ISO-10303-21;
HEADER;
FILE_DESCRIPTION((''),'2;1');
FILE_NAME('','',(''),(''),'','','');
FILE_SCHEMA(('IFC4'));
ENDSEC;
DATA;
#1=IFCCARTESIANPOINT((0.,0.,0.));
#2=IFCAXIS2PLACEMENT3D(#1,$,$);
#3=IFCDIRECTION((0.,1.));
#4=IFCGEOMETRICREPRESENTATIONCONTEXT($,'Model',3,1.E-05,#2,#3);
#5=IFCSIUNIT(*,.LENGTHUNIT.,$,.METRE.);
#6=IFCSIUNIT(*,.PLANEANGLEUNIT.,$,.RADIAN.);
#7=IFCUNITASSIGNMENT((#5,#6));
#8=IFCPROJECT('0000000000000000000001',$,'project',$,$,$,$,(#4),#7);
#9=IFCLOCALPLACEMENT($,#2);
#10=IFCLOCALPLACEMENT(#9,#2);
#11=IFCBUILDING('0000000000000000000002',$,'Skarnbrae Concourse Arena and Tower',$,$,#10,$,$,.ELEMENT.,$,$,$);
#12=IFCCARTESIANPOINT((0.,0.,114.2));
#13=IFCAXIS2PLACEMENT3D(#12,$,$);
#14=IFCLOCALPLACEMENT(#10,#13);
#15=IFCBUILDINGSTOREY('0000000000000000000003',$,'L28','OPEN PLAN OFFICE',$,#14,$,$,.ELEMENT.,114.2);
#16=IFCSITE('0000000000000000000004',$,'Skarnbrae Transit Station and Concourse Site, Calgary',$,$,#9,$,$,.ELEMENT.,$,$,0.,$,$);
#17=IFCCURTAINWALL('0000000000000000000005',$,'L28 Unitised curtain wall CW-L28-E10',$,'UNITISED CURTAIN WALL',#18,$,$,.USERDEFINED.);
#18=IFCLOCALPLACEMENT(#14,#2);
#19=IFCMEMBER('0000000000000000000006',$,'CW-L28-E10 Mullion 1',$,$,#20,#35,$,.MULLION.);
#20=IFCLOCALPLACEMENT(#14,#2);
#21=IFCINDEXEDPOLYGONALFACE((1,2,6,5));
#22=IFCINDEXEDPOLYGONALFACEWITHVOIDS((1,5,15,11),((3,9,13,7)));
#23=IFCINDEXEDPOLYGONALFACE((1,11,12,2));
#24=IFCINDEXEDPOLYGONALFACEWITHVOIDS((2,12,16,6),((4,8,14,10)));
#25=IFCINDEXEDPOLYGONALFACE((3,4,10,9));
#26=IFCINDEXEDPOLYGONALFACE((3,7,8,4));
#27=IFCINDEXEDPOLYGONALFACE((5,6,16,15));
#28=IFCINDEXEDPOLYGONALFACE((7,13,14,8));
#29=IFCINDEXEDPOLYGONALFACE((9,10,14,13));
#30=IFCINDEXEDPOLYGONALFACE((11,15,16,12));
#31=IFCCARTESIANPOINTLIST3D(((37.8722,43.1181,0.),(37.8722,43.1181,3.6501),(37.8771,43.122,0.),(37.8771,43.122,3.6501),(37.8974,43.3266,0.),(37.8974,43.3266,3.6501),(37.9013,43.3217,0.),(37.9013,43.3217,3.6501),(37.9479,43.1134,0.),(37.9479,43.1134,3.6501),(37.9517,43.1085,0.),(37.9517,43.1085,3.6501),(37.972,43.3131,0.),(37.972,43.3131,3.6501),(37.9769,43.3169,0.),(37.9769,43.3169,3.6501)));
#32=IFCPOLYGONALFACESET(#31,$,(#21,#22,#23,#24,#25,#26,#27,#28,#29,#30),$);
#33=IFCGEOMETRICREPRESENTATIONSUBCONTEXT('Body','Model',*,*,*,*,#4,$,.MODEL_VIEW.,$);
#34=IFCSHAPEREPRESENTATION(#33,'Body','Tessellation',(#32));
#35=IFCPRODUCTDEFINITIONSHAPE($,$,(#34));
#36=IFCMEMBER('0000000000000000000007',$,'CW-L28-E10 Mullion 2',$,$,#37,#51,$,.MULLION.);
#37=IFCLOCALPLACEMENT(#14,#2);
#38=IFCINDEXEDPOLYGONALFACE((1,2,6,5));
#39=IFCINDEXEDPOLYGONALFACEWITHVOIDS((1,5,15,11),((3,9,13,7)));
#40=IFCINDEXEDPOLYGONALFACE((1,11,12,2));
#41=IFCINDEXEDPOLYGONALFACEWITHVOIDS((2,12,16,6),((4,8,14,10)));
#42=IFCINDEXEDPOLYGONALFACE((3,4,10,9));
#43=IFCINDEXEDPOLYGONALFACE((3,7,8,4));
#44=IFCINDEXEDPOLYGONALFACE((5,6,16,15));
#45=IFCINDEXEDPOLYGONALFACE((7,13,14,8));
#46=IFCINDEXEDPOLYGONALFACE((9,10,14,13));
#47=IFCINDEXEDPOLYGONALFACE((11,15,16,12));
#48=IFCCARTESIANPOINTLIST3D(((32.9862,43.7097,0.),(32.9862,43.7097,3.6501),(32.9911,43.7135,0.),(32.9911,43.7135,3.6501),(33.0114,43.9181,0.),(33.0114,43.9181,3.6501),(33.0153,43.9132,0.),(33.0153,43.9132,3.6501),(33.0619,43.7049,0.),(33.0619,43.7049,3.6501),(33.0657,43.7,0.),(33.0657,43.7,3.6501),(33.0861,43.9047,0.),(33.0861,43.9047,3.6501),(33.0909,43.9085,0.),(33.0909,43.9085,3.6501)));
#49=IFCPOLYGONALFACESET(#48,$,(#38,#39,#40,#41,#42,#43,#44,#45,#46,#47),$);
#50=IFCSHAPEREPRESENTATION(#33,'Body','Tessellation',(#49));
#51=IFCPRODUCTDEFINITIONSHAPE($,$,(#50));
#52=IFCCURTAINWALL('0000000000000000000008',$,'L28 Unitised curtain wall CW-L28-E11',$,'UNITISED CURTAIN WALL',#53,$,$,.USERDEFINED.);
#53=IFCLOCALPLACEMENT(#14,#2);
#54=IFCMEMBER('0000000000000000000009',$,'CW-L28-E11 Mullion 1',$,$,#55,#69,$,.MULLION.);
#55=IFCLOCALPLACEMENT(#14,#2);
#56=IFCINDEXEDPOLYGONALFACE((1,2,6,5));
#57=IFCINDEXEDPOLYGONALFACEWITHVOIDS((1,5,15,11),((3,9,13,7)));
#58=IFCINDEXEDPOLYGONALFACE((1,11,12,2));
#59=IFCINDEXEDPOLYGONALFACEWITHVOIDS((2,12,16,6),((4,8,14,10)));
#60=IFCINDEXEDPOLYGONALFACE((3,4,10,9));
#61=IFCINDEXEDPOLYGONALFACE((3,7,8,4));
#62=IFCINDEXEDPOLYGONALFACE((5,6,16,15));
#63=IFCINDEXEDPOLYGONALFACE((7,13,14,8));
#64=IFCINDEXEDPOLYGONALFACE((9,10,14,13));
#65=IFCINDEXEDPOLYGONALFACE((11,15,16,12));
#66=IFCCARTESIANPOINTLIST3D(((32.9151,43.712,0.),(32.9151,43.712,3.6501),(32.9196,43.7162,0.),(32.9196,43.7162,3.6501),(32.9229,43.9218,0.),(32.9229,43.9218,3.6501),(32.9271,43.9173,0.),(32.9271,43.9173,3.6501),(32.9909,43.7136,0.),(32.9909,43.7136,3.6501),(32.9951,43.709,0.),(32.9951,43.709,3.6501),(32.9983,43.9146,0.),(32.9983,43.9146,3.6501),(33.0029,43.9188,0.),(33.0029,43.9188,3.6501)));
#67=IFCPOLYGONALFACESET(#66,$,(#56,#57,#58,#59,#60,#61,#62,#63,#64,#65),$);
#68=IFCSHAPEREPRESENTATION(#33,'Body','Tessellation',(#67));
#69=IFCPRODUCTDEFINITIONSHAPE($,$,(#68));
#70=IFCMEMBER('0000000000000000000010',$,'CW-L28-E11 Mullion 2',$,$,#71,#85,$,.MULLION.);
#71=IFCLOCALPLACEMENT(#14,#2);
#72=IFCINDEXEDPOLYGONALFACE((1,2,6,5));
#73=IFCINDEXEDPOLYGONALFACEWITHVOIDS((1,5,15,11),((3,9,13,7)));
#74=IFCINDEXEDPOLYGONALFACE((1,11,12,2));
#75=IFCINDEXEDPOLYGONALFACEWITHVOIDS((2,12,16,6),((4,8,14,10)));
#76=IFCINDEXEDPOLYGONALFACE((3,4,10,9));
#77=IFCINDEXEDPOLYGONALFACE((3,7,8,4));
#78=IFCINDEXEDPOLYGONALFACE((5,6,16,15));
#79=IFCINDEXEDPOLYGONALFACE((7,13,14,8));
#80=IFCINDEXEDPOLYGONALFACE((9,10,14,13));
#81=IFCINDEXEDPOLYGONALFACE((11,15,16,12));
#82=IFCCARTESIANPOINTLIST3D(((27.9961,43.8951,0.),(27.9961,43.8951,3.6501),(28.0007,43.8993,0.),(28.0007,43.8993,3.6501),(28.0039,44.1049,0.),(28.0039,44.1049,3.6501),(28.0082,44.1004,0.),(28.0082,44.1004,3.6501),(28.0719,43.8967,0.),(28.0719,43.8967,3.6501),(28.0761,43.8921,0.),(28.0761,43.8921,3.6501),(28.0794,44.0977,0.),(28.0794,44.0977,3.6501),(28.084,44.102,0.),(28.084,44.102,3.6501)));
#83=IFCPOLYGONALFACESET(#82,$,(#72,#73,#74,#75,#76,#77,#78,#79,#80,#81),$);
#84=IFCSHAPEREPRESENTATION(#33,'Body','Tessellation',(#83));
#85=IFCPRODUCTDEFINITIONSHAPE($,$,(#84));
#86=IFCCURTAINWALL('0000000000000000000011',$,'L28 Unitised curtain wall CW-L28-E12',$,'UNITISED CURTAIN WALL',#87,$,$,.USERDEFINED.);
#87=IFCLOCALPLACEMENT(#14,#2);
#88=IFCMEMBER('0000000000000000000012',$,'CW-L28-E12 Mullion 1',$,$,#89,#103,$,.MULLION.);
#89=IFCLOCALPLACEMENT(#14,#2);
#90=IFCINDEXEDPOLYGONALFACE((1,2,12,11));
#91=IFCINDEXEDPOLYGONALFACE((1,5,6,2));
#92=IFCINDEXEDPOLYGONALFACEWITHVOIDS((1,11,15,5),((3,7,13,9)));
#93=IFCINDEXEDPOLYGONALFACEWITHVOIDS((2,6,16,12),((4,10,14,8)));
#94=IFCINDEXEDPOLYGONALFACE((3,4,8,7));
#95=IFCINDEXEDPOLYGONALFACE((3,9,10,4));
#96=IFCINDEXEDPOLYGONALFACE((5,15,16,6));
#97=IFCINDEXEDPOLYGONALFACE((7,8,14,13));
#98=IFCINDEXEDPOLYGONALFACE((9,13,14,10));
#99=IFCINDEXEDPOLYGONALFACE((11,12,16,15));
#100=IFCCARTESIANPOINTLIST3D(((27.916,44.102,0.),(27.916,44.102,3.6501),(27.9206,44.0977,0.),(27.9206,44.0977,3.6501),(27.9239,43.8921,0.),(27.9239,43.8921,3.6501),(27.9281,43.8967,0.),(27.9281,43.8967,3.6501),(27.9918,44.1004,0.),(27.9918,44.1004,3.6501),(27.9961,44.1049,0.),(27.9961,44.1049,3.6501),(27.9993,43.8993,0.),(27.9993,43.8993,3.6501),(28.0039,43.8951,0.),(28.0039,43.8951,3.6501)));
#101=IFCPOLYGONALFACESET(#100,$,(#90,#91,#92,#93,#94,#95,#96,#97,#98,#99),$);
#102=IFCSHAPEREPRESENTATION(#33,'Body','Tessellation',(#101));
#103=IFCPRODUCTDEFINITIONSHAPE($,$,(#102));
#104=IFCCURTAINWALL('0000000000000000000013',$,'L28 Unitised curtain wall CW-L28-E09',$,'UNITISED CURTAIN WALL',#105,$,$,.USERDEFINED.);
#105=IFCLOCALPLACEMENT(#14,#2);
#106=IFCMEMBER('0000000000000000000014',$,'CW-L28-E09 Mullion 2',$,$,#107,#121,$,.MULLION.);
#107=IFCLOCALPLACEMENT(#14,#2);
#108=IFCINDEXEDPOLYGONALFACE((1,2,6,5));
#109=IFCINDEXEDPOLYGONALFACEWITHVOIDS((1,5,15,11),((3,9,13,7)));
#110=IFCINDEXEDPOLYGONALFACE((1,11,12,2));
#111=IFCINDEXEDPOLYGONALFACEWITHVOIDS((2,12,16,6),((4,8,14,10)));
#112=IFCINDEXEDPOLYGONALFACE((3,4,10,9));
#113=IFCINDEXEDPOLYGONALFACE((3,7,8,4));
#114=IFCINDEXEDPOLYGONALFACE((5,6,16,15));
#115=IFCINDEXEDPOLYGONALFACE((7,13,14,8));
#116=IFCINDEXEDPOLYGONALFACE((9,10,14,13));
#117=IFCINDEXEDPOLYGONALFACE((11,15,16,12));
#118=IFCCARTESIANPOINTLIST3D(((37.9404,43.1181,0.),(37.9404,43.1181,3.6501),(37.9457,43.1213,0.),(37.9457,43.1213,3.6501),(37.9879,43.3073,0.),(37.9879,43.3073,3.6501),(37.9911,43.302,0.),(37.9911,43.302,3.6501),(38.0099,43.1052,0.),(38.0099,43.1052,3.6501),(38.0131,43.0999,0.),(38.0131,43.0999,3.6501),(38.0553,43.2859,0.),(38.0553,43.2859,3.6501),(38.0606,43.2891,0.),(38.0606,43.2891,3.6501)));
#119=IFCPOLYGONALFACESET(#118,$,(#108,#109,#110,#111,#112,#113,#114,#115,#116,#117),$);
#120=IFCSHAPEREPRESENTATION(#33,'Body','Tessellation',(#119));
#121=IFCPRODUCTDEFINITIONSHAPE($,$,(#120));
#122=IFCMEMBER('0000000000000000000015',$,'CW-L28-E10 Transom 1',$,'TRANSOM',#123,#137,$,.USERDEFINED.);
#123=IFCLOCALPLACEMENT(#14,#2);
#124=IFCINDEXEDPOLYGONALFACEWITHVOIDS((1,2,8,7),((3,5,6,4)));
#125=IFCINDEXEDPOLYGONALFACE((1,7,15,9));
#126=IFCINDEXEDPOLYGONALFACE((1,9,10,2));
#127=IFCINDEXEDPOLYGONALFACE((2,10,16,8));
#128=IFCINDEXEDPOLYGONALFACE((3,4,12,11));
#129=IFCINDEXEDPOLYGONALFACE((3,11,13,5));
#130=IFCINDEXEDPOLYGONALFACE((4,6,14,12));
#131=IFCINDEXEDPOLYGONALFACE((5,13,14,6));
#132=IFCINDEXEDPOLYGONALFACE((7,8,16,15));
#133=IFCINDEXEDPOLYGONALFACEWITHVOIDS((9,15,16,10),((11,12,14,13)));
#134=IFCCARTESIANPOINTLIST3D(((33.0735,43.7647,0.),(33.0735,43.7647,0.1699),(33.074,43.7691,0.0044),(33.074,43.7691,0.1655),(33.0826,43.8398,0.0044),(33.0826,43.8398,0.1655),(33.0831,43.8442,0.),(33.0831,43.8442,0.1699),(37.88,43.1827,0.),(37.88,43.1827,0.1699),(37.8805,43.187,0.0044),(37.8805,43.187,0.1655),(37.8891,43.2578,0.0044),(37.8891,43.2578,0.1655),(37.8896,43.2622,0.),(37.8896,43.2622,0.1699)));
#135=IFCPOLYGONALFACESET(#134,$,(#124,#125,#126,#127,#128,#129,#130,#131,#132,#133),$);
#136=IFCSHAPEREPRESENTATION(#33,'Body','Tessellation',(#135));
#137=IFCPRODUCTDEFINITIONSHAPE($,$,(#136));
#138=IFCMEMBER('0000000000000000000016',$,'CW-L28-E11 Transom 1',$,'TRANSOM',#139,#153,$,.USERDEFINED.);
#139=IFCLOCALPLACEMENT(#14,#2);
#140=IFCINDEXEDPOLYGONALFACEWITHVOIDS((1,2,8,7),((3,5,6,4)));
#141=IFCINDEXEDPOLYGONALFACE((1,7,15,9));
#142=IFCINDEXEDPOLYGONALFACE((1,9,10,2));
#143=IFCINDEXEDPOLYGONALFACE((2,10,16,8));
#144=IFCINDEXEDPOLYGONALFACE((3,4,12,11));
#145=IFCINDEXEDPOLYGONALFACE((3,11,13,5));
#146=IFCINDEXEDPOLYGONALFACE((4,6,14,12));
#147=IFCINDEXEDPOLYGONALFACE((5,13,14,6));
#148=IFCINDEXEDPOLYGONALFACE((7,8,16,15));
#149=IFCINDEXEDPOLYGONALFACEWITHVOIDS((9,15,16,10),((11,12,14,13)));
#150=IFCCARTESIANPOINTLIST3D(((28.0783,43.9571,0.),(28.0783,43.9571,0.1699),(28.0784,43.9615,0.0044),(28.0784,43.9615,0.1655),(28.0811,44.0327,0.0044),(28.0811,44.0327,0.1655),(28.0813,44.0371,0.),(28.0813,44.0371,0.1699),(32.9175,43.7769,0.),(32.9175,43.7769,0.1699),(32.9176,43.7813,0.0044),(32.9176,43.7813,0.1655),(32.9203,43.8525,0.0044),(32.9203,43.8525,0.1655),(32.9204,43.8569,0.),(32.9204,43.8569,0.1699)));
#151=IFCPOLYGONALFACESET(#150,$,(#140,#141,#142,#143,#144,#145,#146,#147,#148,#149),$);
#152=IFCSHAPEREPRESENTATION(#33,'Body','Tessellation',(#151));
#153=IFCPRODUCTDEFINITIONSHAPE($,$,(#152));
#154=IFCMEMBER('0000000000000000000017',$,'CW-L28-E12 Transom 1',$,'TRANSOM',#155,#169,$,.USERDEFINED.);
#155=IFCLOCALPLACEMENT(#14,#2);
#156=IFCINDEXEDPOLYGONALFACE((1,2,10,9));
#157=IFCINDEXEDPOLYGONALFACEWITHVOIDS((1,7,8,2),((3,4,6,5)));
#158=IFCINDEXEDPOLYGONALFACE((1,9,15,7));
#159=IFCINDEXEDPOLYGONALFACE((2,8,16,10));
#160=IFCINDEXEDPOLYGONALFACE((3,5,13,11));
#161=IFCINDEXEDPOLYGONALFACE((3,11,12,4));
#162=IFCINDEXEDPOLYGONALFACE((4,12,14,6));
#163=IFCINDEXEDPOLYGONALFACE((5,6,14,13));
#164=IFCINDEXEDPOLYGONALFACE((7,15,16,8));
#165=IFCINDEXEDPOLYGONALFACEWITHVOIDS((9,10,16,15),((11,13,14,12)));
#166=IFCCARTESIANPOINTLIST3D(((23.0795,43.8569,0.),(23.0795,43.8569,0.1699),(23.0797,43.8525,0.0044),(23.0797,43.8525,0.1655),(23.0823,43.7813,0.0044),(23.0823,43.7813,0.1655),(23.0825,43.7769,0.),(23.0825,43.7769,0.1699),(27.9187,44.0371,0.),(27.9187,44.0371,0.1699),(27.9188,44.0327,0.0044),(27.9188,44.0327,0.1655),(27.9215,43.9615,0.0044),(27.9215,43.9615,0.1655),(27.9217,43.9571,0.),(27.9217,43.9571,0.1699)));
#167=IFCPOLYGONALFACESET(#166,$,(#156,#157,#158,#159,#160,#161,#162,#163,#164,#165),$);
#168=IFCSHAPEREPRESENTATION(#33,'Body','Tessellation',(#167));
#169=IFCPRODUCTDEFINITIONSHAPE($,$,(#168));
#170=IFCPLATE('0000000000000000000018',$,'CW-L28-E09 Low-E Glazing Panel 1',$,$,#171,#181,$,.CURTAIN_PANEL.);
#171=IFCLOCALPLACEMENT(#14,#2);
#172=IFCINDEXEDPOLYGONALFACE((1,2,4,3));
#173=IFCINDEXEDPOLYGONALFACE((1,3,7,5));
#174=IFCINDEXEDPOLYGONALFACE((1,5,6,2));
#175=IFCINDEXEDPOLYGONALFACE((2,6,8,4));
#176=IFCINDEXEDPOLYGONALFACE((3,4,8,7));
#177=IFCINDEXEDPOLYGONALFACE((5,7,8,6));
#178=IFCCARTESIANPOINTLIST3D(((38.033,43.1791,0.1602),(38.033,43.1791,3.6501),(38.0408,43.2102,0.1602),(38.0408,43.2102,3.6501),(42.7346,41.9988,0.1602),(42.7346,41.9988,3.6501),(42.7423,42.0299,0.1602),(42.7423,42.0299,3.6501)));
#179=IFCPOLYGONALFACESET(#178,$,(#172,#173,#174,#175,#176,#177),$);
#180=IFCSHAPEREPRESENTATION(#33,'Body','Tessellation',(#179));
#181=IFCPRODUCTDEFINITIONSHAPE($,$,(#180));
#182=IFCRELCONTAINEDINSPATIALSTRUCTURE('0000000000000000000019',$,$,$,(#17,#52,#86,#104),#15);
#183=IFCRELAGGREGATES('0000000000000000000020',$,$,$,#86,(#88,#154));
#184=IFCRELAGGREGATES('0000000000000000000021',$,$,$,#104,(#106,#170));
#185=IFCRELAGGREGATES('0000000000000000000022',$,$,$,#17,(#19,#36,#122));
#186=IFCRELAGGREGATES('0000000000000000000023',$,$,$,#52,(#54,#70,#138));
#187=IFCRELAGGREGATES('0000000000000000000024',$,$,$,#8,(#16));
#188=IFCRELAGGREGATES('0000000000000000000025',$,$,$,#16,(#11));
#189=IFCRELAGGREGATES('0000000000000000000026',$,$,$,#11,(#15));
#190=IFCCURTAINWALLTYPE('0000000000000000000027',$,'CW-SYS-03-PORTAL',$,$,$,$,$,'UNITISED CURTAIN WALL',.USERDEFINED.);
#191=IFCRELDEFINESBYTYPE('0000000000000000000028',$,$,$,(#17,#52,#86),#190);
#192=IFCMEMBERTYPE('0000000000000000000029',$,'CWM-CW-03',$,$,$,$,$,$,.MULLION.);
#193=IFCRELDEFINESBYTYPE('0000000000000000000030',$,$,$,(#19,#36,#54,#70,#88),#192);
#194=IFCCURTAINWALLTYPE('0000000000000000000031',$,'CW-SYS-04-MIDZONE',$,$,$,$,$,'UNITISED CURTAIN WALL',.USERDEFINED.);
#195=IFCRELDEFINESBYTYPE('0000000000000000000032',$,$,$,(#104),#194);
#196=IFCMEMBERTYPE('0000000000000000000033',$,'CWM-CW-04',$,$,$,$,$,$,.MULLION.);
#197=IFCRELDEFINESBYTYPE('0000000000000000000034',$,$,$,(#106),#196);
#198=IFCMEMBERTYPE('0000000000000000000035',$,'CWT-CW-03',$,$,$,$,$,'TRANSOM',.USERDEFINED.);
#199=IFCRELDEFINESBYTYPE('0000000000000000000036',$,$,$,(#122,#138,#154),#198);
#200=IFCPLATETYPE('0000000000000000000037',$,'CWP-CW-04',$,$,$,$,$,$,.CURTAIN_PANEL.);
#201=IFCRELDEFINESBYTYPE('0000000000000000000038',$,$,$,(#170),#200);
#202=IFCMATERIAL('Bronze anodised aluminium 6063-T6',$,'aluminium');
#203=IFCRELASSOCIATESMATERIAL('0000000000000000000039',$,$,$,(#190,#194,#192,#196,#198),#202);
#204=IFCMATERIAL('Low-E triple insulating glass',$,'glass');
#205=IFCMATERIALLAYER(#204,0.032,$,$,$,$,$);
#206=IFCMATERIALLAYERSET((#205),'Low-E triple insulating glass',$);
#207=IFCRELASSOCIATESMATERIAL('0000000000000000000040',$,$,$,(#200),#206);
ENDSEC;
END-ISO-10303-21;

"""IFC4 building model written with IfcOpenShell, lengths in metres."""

from ifc_helpers import new_model, si_unit, direction, frame, origin, origin_2d, place, context, subcontext, project, spatial, rectangle, hollow_rectangle, extrude, source, transform, mapped, material, layer, layer_set, material_profile, profile_set, type_object, element, aggregate, save


model = new_model("IFC4")

# Units and contexts
model_context = context("Model", 3, precision=1e-05, world=origin(), true_north=direction((0.0, 1.0)))
body_context = subcontext(model_context, "Body", "Model", "MODEL_VIEW")
ifc_project = project(units=[si_unit("LENGTHUNIT", "METRE"), si_unit("PLANEANGLEUNIT", "RADIAN")], contexts=[model_context])

# Site, building, storey
site_placement = place(None, origin())
site = spatial("IfcSite", under=ifc_project, at=site_placement, Name="Skarnbrae Transit Station and Concourse Site, Calgary", CompositionType="ELEMENT", RefElevation=0.0)
building_placement = place(site_placement, origin())
building = spatial("IfcBuilding", under=site, at=building_placement, Name="Skarnbrae Concourse Arena and Tower", CompositionType="ELEMENT")
storey_placement = place(building_placement, frame((0.0, 0.0, 114.2)))
storey = spatial("IfcBuildingStorey", under=building, at=storey_placement, Name="L28", Description="OPEN PLAN OFFICE", CompositionType="ELEMENT", Elevation=114.2)

# Curtain walls, members
ifc_material_1 = material(Name="Bronze anodised aluminium 6063-T6", Category="aluminium")
curtain_wall_type_1 = type_object("IfcCurtainWallType", Name="CW-SYS-03-PORTAL", ElementType="UNITISED CURTAIN WALL", PredefinedType="USERDEFINED", material=ifc_material_1)
curtain_wall_1_placement = place(storey_placement, origin())
curtain_wall_1 = element("IfcCurtainWall", 1, at=curtain_wall_1_placement, inside=storey, type_object=curtain_wall_type_1, Name="L28 Unitised curtain wall CW-L28-E10", ObjectType="UNITISED CURTAIN WALL", PredefinedType="USERDEFINED")
ifc_material_profile_1 = material_profile(ifc_material_1, hollow_rectangle(XDim=0.0801, YDim=0.21, WallThickness=0.0044, at=origin_2d()), Name="ALU-MULL-80X210")
ifc_profile_set_1 = profile_set([ifc_material_profile_1], Name="Bronze anodised aluminium 6063-T6")
member_type_1 = type_object("IfcMemberType", Name="CWM-CW-03", PredefinedType="MULLION", material=ifc_profile_set_1)
shared_shape_1 = source(origin(), body_context, "Body", "SweptSolid", [
    extrude(hollow_rectangle(XDim=0.0801, YDim=0.21, WallThickness=0.0044, at=origin_2d()), origin(), (0.0, 0.0, 1.0), 3.6501),
])
member_1_placement = place(storey_placement, frame((37.9246, 43.2175, 0.0), z_axis=(0.0, 0.0, 1.0), x_axis=(-0.992749, 0.120203, 0.0)))
member_1 = element("IfcMember", 2, at=member_1_placement, type_object=member_type_1, Name="CW-L28-E10 Mullion 1", PredefinedType="MULLION", context=body_context, shape_type="MappedRepresentation", body=[
    mapped(shared_shape_1, transform((0.0, 0.0, 0.0))),
])
member_2_placement = place(storey_placement, frame((33.0386, 43.8091, 0.0), z_axis=(0.0, 0.0, 1.0), x_axis=(-0.992749, 0.120203, 0.0)))
member_2 = element("IfcMember", 3, at=member_2_placement, type_object=member_type_1, Name="CW-L28-E10 Mullion 2", PredefinedType="MULLION", context=body_context, shape_type="MappedRepresentation", body=[
    mapped(shared_shape_1, transform((0.0, 0.0, 0.0))),
])
curtain_wall_2_placement = place(storey_placement, origin())
curtain_wall_2 = element("IfcCurtainWall", 4, at=curtain_wall_2_placement, inside=storey, type_object=curtain_wall_type_1, Name="L28 Unitised curtain wall CW-L28-E11", ObjectType="UNITISED CURTAIN WALL", PredefinedType="USERDEFINED")
member_3_placement = place(storey_placement, frame((32.959, 43.8154, 0.0), z_axis=(0.0, 0.0, 1.0), x_axis=(-0.999308, 0.037183, 0.0)))
member_3 = element("IfcMember", 5, at=member_3_placement, type_object=member_type_1, Name="CW-L28-E11 Mullion 1", PredefinedType="MULLION", context=body_context, shape_type="MappedRepresentation", body=[
    mapped(shared_shape_1, transform((0.0, 0.0, 0.0))),
])
member_4_placement = place(storey_placement, frame((28.04, 43.9985, 0.0), z_axis=(0.0, 0.0, 1.0), x_axis=(-0.999308, 0.037183, 0.0)))
member_4 = element("IfcMember", 6, at=member_4_placement, type_object=member_type_1, Name="CW-L28-E11 Mullion 2", PredefinedType="MULLION", context=body_context, shape_type="MappedRepresentation", body=[
    mapped(shared_shape_1, transform((0.0, 0.0, 0.0))),
])

# Curtain walls, members
curtain_wall_3_placement = place(storey_placement, origin())
curtain_wall_3 = element("IfcCurtainWall", 7, at=curtain_wall_3_placement, inside=storey, type_object=curtain_wall_type_1, Name="L28 Unitised curtain wall CW-L28-E12", ObjectType="UNITISED CURTAIN WALL", PredefinedType="USERDEFINED")
member_5_placement = place(storey_placement, frame((27.96, 43.9985, 0.0), z_axis=(0.0, 0.0, 1.0), x_axis=(-0.999308, -0.037183, 0.0)))
member_5 = element("IfcMember", 8, at=member_5_placement, type_object=member_type_1, Name="CW-L28-E12 Mullion 1", PredefinedType="MULLION", context=body_context, shape_type="MappedRepresentation", body=[
    mapped(shared_shape_1, transform((0.0, 0.0, 0.0))),
])
curtain_wall_type_2 = type_object("IfcCurtainWallType", Name="CW-SYS-04-MIDZONE", ElementType="UNITISED CURTAIN WALL", PredefinedType="USERDEFINED", material=ifc_material_1)
curtain_wall_4_placement = place(storey_placement, origin())
curtain_wall_4 = element("IfcCurtainWall", 9, at=curtain_wall_4_placement, inside=storey, type_object=curtain_wall_type_2, Name="L28 Unitised curtain wall CW-L28-E09", ObjectType="UNITISED CURTAIN WALL", PredefinedType="USERDEFINED")
ifc_material_profile_2 = material_profile(ifc_material_1, hollow_rectangle(XDim=0.075, YDim=0.1951, WallThickness=0.0044, at=origin_2d()), Name="ALU-MULL-75X195")
ifc_profile_set_2 = profile_set([ifc_material_profile_2], Name="Bronze anodised aluminium 6063-T6")
member_type_2 = type_object("IfcMemberType", Name="CWM-CW-04", PredefinedType="MULLION", material=ifc_profile_set_2)
shared_shape_2 = source(origin(), body_context, "Body", "SweptSolid", [
    extrude(hollow_rectangle(XDim=0.075, YDim=0.1951, WallThickness=0.0044, at=origin_2d()), origin(), (0.0, 0.0, 1.0), 3.6501),
])
member_6_placement = place(storey_placement, frame((38.0005, 43.2036, 0.0), z_axis=(0.0, 0.0, 1.0), x_axis=(-0.969903, 0.243491, 0.0)))
member_6 = element("IfcMember", 10, at=member_6_placement, type_object=member_type_2, Name="CW-L28-E09 Mullion 2", PredefinedType="MULLION", context=body_context, shape_type="MappedRepresentation", body=[
    mapped(shared_shape_2, transform((0.0, 0.0, 0.0))),
])

# Members
ifc_material_profile_3 = material_profile(ifc_material_1, hollow_rectangle(XDim=0.0801, YDim=0.1699, WallThickness=0.0044, at=origin_2d()), Name="ALU-TRAN-80X170")
ifc_profile_set_3 = profile_set([ifc_material_profile_3], Name="Bronze anodised aluminium 6063-T6")
member_type_3 = type_object("IfcMemberType", Name="CWT-CW-03", ElementType="TRANSOM", PredefinedType="USERDEFINED", material=ifc_profile_set_3)
shared_shape_3 = source(origin(), body_context, "Body", "SweptSolid", [
    extrude(hollow_rectangle(XDim=0.0801, YDim=0.1699, WallThickness=0.0044, at=origin_2d()), origin(), (0.0, 0.0, 1.0), 4.8416),
])
member_7_placement = place(storey_placement, frame((37.8848, 43.2224, 0.085), z_axis=(-0.992748, 0.120217, 0.0), x_axis=(-0.120217, -0.992748, 0.0)))
member_7 = element("IfcMember", 11, at=member_7_placement, type_object=member_type_3, Name="CW-L28-E10 Transom 1", ObjectType="TRANSOM", PredefinedType="USERDEFINED", context=body_context, shape_type="MappedRepresentation", body=[
    mapped(shared_shape_3, transform((0.0, 0.0, 0.0))),
])
shared_shape_4 = source(origin(), body_context, "Body", "SweptSolid", [
    extrude(hollow_rectangle(XDim=0.0801, YDim=0.1699, WallThickness=0.0044, at=origin_2d()), origin(), (0.0, 0.0, 1.0), 4.8425),
])
member_8_placement = place(storey_placement, frame((32.9189, 43.8169, 0.085), z_axis=(-0.999308, 0.037207, 0.0), x_axis=(-0.037207, -0.999308, 0.0)))
member_8 = element("IfcMember", 12, at=member_8_placement, type_object=member_type_3, Name="CW-L28-E11 Transom 1", ObjectType="TRANSOM", PredefinedType="USERDEFINED", context=body_context, shape_type="MappedRepresentation", body=[
    mapped(shared_shape_4, transform((0.0, 0.0, 0.0))),
])
member_9_placement = place(storey_placement, frame((27.9202, 43.9971, 0.085), z_axis=(-0.999308, -0.037207, 0.0), x_axis=(0.037207, -0.999308, 0.0)))
member_9 = element("IfcMember", 13, at=member_9_placement, type_object=member_type_3, Name="CW-L28-E12 Transom 1", ObjectType="TRANSOM", PredefinedType="USERDEFINED", context=body_context, shape_type="MappedRepresentation", body=[
    mapped(shared_shape_4, transform((0.0, 0.0, 0.0))),
])
aggregate(curtain_wall_3, [member_5, member_9])

# Plate
ifc_material_2 = material(Name="Low-E triple insulating glass", Category="glass")
ifc_layer_1 = layer(ifc_material_2, 0.032)
ifc_layer_set_1 = layer_set([ifc_layer_1], Name="Low-E triple insulating glass")
plate_type_1 = type_object("IfcPlateType", Name="CWP-CW-04", PredefinedType="CURTAIN_PANEL", material=ifc_layer_set_1)
shared_shape_5 = source(origin(), body_context, "Body", "SweptSolid", [
    extrude(rectangle(XDim=4.8474, YDim=0.032, at=origin_2d()), origin(), (0.0, 0.0, 1.0), 3.49),
])
plate_1_placement = place(storey_placement, frame((40.3877, 42.6045, 0.1602), z_axis=(0.0, 0.0, 1.0), x_axis=(-0.969903, 0.243491, 0.0)))
plate_1 = element("IfcPlate", 14, at=plate_1_placement, type_object=plate_type_1, Name="CW-L28-E09 Low-E Glazing Panel 1", PredefinedType="CURTAIN_PANEL", context=body_context, shape_type="MappedRepresentation", body=[
    mapped(shared_shape_5, transform((0.0, 0.0, 0.0))),
])
aggregate(curtain_wall_4, [member_6, plate_1])
aggregate(curtain_wall_1, [member_1, member_2, member_7])
aggregate(curtain_wall_2, [member_3, member_4, member_8])

save(model, "model.ifc")
